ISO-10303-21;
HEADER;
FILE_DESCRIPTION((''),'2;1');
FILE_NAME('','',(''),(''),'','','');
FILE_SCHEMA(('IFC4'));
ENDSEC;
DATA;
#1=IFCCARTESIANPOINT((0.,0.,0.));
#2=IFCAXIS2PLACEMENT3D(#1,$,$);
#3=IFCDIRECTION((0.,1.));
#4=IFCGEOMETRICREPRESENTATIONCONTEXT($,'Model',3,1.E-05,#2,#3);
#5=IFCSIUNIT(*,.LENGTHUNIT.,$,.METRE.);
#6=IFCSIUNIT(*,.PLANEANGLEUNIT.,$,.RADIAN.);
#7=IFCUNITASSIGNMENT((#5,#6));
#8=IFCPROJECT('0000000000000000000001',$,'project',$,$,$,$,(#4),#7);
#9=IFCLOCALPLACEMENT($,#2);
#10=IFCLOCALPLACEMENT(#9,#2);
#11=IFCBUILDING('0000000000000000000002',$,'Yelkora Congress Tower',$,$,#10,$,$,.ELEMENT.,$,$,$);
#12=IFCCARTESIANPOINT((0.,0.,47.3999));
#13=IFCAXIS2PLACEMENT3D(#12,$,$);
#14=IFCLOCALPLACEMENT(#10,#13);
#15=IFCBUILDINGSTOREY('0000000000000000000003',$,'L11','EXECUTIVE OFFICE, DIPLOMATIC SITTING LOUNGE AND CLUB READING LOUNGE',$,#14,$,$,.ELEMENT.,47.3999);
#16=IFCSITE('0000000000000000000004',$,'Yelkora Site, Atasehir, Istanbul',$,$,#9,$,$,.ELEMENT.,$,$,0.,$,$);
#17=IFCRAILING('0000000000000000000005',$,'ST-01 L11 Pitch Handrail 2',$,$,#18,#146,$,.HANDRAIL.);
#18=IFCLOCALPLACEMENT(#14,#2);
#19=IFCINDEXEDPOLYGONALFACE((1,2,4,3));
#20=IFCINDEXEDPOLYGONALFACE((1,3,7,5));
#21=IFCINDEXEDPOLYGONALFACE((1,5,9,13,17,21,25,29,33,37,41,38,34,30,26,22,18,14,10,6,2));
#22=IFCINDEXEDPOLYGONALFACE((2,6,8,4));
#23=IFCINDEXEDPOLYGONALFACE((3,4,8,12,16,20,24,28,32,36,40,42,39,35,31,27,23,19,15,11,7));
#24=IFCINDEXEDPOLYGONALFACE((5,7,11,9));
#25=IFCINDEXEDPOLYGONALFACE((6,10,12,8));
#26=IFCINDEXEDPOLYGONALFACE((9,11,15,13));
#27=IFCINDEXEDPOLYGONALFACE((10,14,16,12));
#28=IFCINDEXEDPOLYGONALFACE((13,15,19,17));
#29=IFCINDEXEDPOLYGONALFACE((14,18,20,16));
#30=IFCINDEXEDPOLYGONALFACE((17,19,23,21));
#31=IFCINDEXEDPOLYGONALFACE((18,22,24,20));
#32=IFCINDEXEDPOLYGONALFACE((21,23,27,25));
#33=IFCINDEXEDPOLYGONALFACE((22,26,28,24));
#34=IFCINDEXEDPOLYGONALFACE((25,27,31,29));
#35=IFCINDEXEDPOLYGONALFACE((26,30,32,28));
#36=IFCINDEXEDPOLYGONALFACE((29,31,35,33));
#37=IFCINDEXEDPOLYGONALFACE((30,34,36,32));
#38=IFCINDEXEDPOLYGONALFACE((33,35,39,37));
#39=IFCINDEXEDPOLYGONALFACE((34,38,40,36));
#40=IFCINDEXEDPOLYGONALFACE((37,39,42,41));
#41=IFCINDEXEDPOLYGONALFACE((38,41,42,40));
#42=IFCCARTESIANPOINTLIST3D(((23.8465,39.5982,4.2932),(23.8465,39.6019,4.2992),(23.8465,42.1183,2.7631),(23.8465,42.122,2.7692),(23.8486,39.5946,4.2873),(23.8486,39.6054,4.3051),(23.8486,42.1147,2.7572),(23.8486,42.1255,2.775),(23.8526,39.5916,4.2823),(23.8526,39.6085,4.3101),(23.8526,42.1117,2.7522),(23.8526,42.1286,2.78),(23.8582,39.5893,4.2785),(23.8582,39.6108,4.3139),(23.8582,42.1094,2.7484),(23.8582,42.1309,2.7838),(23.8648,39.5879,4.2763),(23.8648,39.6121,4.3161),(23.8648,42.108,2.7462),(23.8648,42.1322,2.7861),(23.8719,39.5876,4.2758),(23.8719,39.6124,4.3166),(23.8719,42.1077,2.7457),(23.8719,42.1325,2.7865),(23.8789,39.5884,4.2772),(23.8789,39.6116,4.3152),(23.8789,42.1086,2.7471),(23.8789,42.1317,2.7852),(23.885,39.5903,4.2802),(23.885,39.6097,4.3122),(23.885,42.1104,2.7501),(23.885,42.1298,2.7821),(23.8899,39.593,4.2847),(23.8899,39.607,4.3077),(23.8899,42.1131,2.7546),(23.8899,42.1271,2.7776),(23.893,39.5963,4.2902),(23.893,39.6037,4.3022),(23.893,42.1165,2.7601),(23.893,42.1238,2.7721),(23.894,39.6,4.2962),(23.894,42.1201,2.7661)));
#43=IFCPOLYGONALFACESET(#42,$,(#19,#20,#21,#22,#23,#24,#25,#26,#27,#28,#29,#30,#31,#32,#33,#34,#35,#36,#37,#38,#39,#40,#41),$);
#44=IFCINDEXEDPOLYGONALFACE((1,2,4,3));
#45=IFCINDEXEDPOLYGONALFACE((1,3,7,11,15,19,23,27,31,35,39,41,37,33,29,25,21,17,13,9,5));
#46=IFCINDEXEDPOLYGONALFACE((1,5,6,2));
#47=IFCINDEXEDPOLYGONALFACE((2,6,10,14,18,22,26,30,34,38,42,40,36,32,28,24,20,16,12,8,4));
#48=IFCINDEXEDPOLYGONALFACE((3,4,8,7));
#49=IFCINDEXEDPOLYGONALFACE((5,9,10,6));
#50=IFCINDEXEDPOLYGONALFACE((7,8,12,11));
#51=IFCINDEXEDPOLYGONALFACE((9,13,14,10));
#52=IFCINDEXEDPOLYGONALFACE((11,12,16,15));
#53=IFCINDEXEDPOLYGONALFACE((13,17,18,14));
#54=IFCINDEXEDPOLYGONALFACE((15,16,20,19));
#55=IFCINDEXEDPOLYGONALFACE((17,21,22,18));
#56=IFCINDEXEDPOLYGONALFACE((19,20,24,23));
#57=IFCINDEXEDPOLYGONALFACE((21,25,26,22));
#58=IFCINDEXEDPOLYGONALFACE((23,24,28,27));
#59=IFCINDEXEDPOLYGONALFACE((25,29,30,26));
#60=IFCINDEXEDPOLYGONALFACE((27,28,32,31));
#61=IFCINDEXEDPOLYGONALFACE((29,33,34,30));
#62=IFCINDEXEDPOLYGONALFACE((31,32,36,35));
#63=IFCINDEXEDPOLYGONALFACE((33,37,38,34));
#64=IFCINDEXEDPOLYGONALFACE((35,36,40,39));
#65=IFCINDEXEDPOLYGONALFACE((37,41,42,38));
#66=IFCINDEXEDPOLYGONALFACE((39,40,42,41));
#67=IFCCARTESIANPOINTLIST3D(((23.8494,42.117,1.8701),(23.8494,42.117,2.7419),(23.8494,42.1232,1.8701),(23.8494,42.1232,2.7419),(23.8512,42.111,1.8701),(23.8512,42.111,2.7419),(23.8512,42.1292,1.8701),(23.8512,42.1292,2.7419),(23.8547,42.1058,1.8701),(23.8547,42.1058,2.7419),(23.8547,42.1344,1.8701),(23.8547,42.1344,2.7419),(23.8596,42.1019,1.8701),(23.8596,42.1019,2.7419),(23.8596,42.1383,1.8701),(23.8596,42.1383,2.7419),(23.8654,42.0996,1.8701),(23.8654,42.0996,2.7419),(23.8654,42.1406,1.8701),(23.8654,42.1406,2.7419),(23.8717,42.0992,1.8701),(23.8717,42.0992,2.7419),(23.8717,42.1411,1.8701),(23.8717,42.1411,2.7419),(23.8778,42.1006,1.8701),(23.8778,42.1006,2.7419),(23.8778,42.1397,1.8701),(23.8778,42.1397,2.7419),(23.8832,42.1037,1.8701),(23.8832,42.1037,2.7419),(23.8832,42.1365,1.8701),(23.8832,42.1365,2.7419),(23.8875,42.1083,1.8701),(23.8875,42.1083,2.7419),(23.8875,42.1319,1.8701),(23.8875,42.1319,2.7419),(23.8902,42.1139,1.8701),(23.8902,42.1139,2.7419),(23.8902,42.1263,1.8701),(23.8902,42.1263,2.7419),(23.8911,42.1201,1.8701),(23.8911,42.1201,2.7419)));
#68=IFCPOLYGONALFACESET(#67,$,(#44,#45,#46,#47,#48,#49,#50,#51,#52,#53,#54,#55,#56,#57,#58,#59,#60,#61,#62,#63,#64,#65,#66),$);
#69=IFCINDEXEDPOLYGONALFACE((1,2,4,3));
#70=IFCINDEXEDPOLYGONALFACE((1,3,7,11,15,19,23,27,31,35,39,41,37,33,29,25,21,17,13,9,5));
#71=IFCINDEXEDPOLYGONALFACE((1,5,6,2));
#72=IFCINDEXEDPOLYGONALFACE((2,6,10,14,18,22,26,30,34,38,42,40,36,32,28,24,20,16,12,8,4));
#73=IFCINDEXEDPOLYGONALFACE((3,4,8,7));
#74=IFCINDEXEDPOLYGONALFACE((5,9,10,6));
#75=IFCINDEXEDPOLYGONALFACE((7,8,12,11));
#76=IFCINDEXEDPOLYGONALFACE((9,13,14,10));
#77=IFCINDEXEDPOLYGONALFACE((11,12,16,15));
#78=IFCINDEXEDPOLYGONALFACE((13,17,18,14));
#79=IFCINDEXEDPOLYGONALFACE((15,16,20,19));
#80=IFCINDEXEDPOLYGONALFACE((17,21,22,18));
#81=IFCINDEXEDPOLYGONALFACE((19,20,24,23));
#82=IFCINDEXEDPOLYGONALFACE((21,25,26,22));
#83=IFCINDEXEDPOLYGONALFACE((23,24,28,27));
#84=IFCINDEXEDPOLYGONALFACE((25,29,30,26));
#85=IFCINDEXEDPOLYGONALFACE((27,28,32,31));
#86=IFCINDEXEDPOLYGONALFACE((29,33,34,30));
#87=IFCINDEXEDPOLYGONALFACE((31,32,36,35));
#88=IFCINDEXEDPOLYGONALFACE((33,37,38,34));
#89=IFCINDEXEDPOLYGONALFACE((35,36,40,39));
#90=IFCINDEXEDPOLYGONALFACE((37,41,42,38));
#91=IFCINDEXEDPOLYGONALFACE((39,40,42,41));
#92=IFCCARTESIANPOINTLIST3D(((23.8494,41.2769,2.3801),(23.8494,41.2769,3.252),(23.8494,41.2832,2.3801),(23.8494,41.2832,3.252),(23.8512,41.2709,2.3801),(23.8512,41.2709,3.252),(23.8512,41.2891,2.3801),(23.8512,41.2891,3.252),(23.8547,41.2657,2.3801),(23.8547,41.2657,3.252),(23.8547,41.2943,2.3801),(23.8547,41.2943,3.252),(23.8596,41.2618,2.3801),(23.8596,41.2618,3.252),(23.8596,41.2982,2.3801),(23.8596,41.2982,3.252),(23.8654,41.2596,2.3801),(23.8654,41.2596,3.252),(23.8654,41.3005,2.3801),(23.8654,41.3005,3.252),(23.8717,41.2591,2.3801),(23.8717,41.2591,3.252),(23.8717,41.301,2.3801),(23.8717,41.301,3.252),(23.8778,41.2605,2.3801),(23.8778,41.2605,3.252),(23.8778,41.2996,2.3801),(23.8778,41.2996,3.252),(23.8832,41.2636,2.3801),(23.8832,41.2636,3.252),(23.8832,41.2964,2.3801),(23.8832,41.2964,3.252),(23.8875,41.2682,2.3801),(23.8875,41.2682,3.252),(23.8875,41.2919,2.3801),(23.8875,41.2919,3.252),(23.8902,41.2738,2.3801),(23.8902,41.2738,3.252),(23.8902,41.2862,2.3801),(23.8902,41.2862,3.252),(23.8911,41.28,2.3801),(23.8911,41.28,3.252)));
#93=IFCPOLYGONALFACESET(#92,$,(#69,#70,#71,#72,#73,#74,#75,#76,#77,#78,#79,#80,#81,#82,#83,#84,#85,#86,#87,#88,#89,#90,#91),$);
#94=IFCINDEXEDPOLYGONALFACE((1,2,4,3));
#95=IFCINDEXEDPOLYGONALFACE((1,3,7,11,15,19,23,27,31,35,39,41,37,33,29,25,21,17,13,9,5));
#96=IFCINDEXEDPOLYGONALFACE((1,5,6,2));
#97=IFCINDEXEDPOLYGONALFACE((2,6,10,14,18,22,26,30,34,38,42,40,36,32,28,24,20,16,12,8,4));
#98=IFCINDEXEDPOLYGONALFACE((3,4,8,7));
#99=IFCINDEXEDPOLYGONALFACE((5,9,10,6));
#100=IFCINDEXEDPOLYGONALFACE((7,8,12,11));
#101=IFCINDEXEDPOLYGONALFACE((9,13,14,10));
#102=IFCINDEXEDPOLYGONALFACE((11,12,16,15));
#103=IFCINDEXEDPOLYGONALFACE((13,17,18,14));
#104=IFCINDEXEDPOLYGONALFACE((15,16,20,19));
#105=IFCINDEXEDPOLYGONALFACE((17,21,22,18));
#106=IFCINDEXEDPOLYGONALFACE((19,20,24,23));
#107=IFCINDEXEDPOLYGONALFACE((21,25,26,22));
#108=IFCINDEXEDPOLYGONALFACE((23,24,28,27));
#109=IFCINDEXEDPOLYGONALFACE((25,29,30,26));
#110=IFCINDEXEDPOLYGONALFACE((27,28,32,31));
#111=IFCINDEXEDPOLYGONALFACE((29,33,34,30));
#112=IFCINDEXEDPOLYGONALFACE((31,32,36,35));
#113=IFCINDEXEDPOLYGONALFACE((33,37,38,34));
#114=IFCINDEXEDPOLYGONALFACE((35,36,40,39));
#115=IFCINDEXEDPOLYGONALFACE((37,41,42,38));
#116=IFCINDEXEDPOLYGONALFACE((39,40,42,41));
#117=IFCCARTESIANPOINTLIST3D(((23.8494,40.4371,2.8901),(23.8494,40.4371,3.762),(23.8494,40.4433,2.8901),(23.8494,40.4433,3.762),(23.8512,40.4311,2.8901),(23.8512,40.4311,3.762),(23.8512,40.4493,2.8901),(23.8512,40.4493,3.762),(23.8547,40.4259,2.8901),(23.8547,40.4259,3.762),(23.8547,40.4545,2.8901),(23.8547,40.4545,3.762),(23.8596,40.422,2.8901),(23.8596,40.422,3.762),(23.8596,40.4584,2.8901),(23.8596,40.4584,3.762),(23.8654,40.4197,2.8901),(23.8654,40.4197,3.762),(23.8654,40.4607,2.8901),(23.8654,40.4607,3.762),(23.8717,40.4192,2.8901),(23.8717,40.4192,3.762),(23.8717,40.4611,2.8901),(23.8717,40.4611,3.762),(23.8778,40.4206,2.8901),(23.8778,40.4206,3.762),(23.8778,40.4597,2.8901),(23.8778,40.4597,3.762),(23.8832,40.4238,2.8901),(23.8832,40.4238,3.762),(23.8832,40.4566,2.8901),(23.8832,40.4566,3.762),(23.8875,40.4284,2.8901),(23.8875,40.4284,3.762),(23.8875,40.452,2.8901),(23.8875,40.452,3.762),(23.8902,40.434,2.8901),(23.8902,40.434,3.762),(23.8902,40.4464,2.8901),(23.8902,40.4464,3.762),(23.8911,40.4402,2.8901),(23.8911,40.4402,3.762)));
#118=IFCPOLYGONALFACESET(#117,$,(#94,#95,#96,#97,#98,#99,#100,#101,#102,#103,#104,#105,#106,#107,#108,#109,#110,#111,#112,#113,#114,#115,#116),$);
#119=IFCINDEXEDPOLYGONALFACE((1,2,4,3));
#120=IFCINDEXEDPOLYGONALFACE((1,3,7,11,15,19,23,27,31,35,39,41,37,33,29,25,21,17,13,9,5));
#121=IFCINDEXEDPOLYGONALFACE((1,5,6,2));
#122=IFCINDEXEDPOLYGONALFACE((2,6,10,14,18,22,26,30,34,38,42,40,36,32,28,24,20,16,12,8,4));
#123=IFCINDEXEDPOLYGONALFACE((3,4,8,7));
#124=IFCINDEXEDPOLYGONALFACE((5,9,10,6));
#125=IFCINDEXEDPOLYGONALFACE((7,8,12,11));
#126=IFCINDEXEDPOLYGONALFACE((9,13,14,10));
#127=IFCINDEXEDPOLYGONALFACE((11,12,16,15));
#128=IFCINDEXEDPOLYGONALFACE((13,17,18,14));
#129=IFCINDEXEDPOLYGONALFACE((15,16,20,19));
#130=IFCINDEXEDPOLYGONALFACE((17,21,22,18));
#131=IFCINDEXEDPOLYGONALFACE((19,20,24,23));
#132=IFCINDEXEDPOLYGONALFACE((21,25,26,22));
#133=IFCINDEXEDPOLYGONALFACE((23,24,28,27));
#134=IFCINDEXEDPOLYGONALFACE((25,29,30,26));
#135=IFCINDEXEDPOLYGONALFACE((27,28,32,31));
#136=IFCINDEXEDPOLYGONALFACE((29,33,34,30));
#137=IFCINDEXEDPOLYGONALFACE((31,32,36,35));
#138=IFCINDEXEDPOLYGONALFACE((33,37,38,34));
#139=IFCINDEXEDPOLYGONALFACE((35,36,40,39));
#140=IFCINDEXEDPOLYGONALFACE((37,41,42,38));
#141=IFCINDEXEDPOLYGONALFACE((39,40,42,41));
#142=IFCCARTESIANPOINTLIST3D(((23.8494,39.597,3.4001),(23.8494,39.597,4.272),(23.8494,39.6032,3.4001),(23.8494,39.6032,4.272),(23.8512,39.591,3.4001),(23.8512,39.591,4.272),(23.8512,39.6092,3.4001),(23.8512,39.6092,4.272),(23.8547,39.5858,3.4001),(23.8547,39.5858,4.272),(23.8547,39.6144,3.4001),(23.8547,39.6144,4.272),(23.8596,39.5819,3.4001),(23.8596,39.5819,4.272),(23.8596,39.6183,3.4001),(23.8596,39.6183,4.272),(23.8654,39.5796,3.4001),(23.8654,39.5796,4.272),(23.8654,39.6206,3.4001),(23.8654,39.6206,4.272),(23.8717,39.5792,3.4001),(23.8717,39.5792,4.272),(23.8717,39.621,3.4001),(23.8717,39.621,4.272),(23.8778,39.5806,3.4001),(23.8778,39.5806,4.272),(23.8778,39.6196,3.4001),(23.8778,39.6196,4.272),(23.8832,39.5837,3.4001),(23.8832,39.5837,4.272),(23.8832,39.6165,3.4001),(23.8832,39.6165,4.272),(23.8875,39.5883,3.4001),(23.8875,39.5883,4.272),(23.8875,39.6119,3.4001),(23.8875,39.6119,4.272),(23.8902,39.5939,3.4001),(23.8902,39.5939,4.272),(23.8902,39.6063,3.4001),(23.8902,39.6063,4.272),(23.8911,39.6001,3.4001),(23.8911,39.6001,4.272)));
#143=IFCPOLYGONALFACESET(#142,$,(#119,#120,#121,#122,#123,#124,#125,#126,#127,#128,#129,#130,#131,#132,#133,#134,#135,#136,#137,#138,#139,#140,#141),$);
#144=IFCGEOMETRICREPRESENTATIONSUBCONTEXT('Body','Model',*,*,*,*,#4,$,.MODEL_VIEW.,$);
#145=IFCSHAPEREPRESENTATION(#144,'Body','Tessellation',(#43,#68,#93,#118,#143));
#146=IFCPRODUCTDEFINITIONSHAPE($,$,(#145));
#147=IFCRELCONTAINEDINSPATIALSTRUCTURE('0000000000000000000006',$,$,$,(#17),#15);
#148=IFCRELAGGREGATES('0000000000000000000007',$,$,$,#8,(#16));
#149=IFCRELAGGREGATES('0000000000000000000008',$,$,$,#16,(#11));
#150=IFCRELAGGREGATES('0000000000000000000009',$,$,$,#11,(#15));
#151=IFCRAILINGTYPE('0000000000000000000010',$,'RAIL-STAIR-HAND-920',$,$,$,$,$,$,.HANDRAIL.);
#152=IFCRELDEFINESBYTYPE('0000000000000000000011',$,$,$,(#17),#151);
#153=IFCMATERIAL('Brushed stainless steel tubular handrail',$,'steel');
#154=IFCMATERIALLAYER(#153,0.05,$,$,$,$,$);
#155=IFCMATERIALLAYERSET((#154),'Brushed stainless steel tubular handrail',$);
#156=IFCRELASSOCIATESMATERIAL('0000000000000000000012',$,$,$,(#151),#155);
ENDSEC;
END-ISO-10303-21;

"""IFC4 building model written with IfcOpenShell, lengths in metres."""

from ifc_helpers import new_model, si_unit, direction, frame, origin, origin_2d, place, context, subcontext, project, spatial, circle, extrude, material, layer, layer_set, type_object, element, save


model = new_model("IFC4")

# Units and contexts
model_context = context("Model", 3, precision=1e-05, world=origin(), true_north=direction((0.0, 1.0)))
body_context = subcontext(model_context, "Body", "Model", "MODEL_VIEW")
ifc_project = project(units=[si_unit("LENGTHUNIT", "METRE"), si_unit("PLANEANGLEUNIT", "RADIAN")], contexts=[model_context])

# Site, building, storey
site_placement = place(None, origin())
site = spatial("IfcSite", under=ifc_project, at=site_placement, Name="Yelkora Site, Atasehir, Istanbul", CompositionType="ELEMENT", RefElevation=0.0)
building_placement = place(site_placement, origin())
building = spatial("IfcBuilding", under=site, at=building_placement, Name="Yelkora Congress Tower", CompositionType="ELEMENT")
storey_placement = place(building_placement, frame((0.0, 0.0, 47.3999)))
storey = spatial("IfcBuildingStorey", under=building, at=storey_placement, Name="L11", Description="EXECUTIVE OFFICE, DIPLOMATIC SITTING LOUNGE AND CLUB READING LOUNGE", CompositionType="ELEMENT", Elevation=47.3999)

# Railing
ifc_material_1 = material(Name="Brushed stainless steel tubular handrail", Category="steel")
ifc_layer_1 = layer(ifc_material_1, 0.05)
ifc_layer_set_1 = layer_set([ifc_layer_1], Name="Brushed stainless steel tubular handrail")
railing_type_1 = type_object("IfcRailingType", Name="RAIL-STAIR-HAND-920", PredefinedType="HANDRAIL", material=ifc_layer_set_1)
railing_1_placement = place(storey_placement, frame((23.8701, 42.1201, 1.8701)))
element("IfcRailing", 1, at=railing_1_placement, inside=storey, type_object=railing_type_1, Name="ST-01 L11 Pitch Handrail 2", PredefinedType="HANDRAIL", context=body_context, shape_type="SweptSolid", body=[
    extrude(circle(Radius=0.0239, at=origin_2d()), frame((0.0, 0.0, 0.896), z_axis=(0.0, -0.854785, 0.518982), x_axis=(1.0, 0.0, 0.0)), (0.0, 0.0, 1.0), 2.9482),
    extrude(circle(Radius=0.021, at=origin_2d()), origin(), (0.0, 0.0, 1.0), 0.8718),
    extrude(circle(Radius=0.021, at=origin_2d()), frame((0.0, -0.8401, 0.51)), (0.0, 0.0, 1.0), 0.8718),
    extrude(circle(Radius=0.021, at=origin_2d()), frame((0.0, -1.6799, 1.02)), (0.0, 0.0, 1.0), 0.8718),
    extrude(circle(Radius=0.021, at=origin_2d()), frame((0.0, -2.52, 1.53)), (0.0, 0.0, 1.0), 0.8718),
])

save(model, "model.ifc")
